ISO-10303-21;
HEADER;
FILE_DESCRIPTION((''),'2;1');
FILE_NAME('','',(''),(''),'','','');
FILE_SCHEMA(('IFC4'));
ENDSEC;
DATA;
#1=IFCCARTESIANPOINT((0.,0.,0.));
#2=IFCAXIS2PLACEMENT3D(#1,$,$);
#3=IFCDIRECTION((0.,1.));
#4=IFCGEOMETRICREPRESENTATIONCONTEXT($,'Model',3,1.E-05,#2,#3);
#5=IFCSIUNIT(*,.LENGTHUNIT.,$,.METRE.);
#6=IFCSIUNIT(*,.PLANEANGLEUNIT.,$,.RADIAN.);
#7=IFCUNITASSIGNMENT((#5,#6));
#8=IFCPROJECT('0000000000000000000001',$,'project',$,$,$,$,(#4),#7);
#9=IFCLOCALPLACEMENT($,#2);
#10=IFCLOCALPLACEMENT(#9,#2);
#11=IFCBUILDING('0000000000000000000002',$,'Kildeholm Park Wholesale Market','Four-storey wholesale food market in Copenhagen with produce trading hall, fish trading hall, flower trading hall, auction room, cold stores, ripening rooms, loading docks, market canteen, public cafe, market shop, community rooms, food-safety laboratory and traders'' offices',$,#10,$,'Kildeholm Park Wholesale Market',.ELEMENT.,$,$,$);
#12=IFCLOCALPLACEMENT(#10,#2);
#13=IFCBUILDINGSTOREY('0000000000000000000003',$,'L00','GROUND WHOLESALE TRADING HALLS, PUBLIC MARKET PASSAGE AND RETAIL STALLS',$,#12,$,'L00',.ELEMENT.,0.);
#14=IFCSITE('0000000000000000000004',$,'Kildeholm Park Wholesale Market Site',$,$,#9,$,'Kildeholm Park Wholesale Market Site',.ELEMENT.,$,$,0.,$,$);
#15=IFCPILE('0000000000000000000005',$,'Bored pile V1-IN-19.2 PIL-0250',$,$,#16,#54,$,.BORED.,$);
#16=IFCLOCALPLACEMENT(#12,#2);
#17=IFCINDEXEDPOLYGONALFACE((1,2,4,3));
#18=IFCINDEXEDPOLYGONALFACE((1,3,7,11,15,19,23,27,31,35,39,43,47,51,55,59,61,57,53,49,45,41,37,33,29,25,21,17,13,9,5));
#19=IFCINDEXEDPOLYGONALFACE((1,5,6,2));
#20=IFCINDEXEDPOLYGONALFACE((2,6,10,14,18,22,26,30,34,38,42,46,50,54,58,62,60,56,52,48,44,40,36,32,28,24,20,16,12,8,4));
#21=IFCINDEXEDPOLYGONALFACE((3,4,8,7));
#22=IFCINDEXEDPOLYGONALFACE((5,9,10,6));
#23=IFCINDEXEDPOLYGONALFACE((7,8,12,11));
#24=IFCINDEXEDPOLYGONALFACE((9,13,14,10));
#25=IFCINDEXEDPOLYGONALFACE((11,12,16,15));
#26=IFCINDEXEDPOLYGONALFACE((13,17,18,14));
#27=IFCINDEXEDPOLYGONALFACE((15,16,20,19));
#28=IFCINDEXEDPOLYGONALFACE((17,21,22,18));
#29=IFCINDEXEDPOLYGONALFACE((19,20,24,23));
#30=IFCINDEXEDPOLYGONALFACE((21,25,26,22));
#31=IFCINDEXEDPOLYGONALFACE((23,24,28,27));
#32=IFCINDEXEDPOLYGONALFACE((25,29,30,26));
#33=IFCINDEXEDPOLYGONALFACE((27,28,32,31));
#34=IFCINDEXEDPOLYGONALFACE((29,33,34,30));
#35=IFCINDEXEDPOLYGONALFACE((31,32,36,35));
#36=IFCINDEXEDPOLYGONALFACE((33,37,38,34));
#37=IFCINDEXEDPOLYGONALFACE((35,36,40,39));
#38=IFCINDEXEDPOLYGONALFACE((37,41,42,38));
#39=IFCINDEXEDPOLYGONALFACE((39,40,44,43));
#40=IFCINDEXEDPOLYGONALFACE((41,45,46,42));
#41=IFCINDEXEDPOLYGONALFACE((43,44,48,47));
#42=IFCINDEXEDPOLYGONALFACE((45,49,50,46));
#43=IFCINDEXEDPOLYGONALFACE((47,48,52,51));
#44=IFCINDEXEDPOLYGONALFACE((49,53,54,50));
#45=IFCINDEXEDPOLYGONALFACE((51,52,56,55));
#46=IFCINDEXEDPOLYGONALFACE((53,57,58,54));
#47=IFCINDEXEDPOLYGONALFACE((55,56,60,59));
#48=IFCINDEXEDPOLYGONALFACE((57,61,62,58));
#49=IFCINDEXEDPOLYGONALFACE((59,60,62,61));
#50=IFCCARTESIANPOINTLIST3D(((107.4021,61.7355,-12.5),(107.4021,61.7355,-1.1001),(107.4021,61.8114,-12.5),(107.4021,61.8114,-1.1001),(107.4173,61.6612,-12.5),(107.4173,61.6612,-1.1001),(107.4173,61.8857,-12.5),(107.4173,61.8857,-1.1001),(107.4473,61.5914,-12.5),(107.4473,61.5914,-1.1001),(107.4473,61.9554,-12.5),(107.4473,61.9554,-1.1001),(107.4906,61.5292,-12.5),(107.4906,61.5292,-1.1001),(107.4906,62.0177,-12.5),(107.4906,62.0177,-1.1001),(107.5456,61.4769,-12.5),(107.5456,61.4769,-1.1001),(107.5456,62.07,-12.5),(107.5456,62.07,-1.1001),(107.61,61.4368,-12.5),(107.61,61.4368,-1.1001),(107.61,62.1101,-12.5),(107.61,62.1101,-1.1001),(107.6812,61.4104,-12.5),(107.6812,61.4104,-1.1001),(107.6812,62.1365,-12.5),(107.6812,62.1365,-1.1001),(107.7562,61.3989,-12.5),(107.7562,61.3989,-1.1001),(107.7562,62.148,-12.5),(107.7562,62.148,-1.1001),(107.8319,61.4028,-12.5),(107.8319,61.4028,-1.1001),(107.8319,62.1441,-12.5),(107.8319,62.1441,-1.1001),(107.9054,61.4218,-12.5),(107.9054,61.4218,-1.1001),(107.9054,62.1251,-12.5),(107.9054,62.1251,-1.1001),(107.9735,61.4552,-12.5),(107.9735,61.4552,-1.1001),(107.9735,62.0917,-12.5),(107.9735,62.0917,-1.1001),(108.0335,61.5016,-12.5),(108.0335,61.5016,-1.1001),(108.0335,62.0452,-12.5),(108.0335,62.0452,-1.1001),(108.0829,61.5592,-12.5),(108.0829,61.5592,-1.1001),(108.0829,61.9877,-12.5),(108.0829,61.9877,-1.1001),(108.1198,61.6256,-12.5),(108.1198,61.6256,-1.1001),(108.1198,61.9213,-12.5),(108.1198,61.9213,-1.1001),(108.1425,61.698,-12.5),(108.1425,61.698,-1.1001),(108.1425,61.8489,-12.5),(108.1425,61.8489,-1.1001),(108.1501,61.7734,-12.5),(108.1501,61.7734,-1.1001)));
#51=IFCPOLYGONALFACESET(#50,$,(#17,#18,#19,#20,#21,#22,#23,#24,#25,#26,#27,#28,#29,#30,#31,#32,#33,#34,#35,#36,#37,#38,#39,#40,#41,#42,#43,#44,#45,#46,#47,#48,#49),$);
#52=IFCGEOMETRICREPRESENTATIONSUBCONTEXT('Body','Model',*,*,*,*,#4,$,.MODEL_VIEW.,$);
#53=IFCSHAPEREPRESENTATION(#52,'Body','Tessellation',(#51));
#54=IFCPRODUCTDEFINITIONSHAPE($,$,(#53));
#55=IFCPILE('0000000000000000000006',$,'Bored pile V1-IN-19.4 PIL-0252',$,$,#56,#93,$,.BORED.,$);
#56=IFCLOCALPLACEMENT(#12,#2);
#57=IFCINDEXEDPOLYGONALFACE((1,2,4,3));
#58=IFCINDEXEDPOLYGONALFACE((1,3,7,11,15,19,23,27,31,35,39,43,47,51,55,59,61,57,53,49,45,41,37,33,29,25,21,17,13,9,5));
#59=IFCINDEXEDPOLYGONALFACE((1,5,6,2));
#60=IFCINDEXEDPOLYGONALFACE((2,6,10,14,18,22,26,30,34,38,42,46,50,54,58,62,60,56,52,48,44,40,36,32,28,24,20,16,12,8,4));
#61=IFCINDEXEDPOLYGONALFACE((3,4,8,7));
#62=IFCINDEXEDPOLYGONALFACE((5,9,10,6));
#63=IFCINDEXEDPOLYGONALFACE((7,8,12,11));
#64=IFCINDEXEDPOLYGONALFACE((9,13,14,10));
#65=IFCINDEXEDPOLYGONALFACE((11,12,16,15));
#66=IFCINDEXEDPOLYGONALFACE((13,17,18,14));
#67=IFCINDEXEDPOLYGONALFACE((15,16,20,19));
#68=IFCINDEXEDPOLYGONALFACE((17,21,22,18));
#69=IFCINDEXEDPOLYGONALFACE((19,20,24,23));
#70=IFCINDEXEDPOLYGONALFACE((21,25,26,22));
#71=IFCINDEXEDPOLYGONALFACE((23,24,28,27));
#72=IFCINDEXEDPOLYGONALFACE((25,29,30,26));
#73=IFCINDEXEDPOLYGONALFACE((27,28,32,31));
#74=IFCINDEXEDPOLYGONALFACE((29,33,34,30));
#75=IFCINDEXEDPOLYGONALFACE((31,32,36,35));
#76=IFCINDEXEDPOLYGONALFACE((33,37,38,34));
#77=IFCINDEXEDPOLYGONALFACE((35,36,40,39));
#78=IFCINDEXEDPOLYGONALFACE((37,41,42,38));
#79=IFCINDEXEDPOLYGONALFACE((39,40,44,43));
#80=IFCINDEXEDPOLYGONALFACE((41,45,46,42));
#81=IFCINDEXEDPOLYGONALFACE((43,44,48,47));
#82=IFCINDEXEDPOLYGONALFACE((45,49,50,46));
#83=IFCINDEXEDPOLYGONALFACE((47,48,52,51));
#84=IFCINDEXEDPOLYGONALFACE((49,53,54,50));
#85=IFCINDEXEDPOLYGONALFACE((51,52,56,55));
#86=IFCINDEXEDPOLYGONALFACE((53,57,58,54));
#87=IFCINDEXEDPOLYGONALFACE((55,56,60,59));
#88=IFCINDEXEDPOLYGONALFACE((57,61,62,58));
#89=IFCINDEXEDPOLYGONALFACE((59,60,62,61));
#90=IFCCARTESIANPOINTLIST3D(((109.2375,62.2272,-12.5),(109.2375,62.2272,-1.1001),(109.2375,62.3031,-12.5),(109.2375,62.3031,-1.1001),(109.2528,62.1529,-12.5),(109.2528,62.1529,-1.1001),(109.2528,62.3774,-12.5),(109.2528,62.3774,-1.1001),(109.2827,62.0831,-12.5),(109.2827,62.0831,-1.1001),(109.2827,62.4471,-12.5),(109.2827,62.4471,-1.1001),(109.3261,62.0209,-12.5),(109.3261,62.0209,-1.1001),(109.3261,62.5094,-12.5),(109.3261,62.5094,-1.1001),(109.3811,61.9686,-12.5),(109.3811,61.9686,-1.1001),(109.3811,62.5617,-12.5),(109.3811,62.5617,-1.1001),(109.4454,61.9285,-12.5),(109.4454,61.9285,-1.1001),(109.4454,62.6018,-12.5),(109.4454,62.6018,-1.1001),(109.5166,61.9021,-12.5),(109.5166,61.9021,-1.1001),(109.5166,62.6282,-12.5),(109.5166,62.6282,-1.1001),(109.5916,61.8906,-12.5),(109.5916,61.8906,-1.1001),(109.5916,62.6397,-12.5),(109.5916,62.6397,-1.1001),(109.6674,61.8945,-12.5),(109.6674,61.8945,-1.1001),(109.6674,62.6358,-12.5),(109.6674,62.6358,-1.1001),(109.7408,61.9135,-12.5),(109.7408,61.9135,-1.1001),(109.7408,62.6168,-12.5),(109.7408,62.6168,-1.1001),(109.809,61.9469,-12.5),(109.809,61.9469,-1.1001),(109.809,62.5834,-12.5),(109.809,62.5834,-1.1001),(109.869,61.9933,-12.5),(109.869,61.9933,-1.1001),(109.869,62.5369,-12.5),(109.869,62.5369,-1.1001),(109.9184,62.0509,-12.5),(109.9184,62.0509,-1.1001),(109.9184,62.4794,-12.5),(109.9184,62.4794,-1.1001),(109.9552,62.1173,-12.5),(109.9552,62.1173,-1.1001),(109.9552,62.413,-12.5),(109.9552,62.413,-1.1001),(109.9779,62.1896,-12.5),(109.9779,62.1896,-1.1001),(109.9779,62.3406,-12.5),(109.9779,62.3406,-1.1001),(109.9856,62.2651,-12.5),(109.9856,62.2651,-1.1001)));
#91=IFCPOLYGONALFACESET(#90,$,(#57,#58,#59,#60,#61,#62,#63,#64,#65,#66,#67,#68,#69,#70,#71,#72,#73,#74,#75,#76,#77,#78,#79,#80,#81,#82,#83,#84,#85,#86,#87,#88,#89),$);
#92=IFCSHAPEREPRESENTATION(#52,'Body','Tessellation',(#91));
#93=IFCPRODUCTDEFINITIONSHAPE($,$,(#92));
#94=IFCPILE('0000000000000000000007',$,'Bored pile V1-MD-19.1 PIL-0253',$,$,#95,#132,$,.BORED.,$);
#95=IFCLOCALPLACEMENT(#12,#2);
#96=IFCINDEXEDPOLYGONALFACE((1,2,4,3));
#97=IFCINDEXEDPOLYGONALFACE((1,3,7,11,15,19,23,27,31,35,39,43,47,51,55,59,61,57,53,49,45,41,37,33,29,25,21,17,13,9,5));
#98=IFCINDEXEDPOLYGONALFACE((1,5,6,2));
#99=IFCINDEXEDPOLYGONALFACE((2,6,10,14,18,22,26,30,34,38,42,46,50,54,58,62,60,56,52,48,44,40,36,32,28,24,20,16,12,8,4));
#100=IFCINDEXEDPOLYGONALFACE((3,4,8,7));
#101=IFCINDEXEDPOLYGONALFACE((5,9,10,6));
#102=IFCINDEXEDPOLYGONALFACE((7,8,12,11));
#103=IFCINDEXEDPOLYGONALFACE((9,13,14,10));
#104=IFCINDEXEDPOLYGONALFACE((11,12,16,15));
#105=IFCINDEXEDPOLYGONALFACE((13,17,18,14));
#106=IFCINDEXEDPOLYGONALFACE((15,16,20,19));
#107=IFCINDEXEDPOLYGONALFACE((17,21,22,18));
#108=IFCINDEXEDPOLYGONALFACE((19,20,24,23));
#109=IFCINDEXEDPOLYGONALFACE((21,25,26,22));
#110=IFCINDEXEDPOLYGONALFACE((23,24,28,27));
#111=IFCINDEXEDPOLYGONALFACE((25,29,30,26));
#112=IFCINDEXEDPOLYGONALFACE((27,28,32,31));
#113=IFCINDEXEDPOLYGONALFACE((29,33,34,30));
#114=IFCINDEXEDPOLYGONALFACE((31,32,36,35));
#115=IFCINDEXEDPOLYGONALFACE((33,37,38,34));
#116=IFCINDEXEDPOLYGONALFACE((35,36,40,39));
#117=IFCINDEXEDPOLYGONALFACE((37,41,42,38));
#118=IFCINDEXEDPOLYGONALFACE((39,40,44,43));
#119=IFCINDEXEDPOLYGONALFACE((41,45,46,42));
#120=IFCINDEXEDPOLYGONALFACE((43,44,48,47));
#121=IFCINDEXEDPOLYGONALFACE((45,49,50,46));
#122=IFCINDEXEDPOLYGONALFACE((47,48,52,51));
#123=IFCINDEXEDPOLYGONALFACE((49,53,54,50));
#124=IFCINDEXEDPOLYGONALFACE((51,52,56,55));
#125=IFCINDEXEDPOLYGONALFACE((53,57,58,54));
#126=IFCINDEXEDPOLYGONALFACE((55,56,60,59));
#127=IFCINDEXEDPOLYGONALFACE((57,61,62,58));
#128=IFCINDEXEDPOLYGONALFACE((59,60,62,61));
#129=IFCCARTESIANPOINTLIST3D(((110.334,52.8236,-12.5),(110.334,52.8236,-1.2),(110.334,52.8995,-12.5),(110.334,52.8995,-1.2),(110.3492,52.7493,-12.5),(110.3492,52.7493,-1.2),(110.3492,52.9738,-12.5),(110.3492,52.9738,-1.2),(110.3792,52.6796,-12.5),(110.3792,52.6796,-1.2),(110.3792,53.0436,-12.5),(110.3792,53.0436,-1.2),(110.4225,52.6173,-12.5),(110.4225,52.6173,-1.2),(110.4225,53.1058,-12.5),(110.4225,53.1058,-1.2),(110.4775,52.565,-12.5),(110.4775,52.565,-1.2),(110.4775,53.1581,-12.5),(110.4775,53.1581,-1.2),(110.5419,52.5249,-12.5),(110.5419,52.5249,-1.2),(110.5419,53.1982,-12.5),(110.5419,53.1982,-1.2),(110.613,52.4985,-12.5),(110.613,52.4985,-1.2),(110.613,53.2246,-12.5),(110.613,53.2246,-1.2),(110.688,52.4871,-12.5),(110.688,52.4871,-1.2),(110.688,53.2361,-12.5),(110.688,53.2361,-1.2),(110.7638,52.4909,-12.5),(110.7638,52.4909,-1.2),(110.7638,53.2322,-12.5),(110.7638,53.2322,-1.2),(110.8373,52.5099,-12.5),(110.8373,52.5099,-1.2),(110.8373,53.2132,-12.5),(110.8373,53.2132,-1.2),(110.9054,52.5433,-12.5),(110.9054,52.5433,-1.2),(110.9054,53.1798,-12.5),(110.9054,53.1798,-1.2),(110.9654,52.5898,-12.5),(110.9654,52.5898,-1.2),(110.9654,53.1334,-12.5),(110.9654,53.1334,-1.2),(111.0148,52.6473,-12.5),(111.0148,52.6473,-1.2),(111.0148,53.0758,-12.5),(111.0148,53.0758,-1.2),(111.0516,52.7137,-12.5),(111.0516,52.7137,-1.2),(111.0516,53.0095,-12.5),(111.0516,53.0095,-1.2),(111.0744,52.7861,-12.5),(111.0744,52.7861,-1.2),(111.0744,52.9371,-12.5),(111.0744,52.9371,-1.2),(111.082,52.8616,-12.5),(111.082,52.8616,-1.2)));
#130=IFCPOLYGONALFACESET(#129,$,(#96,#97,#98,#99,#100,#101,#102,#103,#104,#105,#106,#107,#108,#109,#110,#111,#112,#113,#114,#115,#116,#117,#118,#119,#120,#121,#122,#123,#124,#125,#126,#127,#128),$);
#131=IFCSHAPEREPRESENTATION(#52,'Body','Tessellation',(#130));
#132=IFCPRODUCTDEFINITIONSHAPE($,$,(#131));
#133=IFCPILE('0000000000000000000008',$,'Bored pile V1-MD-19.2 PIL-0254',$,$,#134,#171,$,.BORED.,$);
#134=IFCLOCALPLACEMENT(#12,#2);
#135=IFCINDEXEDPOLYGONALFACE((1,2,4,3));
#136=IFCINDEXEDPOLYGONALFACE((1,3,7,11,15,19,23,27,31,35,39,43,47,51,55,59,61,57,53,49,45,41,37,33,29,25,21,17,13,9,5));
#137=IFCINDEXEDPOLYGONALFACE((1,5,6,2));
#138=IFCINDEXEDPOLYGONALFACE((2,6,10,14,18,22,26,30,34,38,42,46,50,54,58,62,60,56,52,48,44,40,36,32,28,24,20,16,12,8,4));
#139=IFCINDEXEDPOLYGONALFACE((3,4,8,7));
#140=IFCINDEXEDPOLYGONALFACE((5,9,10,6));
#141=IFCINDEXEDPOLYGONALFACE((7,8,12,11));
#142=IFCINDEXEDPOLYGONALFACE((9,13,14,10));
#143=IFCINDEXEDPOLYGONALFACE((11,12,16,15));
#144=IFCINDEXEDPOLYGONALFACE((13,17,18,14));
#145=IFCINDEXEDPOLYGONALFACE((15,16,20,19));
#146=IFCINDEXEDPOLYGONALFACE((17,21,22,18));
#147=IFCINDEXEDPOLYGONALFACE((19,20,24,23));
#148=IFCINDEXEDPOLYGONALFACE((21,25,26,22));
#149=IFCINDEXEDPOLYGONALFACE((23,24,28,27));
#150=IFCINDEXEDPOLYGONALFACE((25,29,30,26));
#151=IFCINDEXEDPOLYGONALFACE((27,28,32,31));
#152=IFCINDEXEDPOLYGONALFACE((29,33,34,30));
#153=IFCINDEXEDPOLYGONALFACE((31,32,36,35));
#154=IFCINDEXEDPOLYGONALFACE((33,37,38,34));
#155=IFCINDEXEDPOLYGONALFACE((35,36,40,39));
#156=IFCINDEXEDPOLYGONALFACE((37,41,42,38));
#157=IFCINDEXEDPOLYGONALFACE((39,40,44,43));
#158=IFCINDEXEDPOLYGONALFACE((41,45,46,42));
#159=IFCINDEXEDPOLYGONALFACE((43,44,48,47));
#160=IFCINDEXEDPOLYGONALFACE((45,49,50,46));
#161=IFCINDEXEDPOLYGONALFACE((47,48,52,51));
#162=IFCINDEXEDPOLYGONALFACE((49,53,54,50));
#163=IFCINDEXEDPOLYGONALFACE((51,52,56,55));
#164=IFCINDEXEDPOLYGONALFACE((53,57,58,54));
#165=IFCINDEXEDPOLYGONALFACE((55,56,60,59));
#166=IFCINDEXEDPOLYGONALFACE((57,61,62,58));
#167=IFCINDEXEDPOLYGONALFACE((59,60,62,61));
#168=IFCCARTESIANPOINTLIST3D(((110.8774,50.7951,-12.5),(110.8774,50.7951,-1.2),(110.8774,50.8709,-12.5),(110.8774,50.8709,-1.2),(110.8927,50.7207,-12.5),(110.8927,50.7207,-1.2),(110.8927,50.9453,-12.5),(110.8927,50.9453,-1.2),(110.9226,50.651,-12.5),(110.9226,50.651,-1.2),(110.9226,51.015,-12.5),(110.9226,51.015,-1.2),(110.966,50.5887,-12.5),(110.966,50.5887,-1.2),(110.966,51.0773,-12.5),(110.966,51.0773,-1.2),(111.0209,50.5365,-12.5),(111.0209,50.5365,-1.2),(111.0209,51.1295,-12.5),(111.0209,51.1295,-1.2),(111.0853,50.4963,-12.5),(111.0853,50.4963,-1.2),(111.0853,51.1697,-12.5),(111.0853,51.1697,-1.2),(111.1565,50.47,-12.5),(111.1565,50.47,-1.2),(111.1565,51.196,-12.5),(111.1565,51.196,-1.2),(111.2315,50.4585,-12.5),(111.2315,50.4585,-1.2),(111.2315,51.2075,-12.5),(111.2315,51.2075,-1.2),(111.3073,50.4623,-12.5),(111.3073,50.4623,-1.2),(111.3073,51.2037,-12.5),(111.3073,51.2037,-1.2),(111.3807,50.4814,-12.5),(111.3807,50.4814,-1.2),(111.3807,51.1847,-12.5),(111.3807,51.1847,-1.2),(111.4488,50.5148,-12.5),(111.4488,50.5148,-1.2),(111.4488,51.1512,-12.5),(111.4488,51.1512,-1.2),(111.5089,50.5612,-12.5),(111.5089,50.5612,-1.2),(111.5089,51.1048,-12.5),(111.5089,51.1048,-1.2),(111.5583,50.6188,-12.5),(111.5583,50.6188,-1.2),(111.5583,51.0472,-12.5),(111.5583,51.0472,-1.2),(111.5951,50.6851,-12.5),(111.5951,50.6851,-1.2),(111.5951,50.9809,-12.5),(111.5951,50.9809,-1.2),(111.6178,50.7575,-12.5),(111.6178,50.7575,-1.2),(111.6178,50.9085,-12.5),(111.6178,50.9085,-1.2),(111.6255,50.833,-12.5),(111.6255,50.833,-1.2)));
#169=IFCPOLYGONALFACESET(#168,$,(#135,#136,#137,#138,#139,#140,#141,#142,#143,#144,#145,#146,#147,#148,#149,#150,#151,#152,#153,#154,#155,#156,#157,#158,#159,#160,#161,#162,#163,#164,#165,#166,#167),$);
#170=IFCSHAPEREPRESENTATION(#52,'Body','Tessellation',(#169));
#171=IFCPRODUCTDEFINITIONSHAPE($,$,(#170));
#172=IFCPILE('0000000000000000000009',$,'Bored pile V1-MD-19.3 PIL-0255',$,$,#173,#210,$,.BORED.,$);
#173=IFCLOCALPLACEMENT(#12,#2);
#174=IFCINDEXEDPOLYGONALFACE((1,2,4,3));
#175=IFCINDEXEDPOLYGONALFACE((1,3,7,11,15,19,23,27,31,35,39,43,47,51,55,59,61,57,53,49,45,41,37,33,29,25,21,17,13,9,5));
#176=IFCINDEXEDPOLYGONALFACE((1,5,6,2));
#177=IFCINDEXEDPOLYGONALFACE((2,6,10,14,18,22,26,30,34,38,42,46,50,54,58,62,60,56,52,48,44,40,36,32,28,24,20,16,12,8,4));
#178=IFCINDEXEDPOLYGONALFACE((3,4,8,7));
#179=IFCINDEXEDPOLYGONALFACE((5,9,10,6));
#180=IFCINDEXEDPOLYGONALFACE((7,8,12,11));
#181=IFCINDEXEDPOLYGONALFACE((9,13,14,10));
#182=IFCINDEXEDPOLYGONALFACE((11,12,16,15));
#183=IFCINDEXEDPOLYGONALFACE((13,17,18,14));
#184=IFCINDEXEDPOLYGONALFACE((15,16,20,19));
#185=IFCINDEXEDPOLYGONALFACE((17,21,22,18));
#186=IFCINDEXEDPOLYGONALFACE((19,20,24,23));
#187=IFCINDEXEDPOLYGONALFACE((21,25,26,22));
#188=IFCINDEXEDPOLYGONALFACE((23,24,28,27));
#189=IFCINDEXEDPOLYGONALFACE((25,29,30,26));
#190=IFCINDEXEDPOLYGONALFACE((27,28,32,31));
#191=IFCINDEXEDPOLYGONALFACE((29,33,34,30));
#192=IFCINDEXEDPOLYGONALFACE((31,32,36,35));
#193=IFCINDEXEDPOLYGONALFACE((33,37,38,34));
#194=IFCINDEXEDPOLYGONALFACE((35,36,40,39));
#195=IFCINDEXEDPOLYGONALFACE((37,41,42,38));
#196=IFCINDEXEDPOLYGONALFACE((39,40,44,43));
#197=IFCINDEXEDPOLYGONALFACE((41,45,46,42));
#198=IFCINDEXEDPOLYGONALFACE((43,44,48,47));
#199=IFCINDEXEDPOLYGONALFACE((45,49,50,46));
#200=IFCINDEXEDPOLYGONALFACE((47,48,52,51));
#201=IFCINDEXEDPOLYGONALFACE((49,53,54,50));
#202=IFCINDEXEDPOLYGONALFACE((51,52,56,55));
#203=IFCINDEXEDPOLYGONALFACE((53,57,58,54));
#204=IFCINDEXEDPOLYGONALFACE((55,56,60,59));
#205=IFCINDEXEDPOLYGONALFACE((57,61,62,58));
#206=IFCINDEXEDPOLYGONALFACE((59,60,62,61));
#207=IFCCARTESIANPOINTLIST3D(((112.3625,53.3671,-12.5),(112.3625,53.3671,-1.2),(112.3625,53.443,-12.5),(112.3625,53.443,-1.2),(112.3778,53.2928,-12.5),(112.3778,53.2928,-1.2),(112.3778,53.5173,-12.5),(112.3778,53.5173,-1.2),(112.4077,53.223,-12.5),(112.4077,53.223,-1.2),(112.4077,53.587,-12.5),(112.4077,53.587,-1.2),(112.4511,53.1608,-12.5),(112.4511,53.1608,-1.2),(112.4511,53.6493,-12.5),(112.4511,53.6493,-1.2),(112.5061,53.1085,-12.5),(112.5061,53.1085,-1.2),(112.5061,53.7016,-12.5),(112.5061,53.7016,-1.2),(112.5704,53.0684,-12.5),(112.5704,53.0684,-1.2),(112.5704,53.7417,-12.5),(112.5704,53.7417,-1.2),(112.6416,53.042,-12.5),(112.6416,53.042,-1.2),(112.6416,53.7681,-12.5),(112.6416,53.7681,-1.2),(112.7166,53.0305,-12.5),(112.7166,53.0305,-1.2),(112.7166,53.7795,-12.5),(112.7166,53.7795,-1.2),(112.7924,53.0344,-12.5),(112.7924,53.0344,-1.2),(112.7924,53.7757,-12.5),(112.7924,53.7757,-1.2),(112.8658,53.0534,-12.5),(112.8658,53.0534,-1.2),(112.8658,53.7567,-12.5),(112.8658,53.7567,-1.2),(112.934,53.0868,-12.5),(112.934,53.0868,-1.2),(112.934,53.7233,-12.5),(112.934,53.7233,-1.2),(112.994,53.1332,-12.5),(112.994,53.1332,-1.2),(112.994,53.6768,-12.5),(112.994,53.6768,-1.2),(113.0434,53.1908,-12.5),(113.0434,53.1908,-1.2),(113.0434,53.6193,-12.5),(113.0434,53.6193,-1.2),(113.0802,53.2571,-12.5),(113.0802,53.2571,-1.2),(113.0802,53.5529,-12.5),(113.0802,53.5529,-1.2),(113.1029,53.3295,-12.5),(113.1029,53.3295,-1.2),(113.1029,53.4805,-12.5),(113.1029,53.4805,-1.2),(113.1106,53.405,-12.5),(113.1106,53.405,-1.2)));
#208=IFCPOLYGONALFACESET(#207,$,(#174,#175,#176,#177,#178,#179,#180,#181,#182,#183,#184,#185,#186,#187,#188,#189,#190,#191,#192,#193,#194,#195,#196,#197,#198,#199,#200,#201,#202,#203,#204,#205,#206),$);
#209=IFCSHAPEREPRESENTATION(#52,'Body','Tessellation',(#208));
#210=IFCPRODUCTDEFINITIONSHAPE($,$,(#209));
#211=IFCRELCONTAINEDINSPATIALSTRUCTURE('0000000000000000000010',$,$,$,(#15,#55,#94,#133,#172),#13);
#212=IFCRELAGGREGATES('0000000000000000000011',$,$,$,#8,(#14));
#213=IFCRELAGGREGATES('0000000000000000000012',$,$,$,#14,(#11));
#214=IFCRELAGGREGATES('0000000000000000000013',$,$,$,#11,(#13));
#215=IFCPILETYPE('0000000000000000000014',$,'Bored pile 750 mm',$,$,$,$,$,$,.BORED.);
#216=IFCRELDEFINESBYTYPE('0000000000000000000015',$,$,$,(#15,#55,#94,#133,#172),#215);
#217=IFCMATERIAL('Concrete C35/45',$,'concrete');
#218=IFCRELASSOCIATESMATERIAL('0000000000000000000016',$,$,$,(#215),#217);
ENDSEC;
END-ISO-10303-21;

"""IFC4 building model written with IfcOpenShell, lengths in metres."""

from ifc_helpers import new_model, si_unit, direction, frame, origin, origin_2d, place, context, subcontext, project, spatial, circle, extrude, material, material_profile, profile_set, type_object, element, save


model = new_model("IFC4")

# Units and contexts
model_context = context("Model", 3, precision=1e-05, world=origin(), true_north=direction((0.0, 1.0)))
body_context = subcontext(model_context, "Body", "Model", "MODEL_VIEW")
ifc_project = project(units=[si_unit("LENGTHUNIT", "METRE"), si_unit("PLANEANGLEUNIT", "RADIAN")], contexts=[model_context])

# Site, building, storey
site_placement = place(None, origin())
site = spatial("IfcSite", under=ifc_project, at=site_placement, Name="Kildeholm Park Wholesale Market Site", LongName="Kildeholm Park Wholesale Market Site", CompositionType="ELEMENT", RefElevation=0.0)
building_placement = place(site_placement, origin())
building = spatial("IfcBuilding", under=site, at=building_placement, Name="Kildeholm Park Wholesale Market", Description="Four-storey wholesale food market in Copenhagen with produce trading hall, fish trading hall, flower trading hall, auction room, cold stores, ripening rooms, loading docks, market canteen, public cafe, market shop, community rooms, food-safety laboratory and traders' offices", LongName="Kildeholm Park Wholesale Market", CompositionType="ELEMENT")
storey_placement = place(building_placement, origin())
storey = spatial("IfcBuildingStorey", under=building, at=storey_placement, Name="L00", Description="GROUND WHOLESALE TRADING HALLS, PUBLIC MARKET PASSAGE AND RETAIL STALLS", LongName="L00", CompositionType="ELEMENT", Elevation=0.0)

# Piles
ifc_material_1 = material(Name="Concrete C35/45", Category="concrete")
ifc_material_profile_1 = material_profile(ifc_material_1, circle(Radius=0.375, at=origin_2d()), Name="PILE D750")
ifc_profile_set_1 = profile_set([ifc_material_profile_1], Name="Concrete C35/45")
pile_type = type_object("IfcPileType", Name="Bored pile 750 mm", PredefinedType="BORED", material=ifc_profile_set_1)
for number, where, z_axis, x_axis, name in (
    (1, (107.7751, 61.7734, -1.1001), (0.0, 0.0, -1.0), (1.0, 0.0, 0.0), "Bored pile V1-IN-19.2 PIL-0250"),
    (2, (109.6106, 62.2651, -1.1001), (0.0, 0.0, -1.0), (1.0, 0.0, 0.0), "Bored pile V1-IN-19.4 PIL-0252"),
):
    element("IfcPile", number, at=place(storey_placement, frame(where, z_axis=z_axis, x_axis=x_axis)), inside=storey, type_object=pile_type, Name=name, PredefinedType="BORED", context=body_context, shape_type="SweptSolid", body=[
        extrude(circle(Radius=0.375, at=origin_2d()), origin(), (0.0, 0.0, 1.0), 11.3999),
    ])
for number, where, z_axis, x_axis, name in (
    (3, (110.707, 52.8616, -1.2), (0.0, 0.0, -1.0), (1.0, 0.0, 0.0), "Bored pile V1-MD-19.1 PIL-0253"),
    (4, (111.2505, 50.833, -1.2), (0.0, 0.0, -1.0), (1.0, 0.0, 0.0), "Bored pile V1-MD-19.2 PIL-0254"),
    (5, (112.7356, 53.405, -1.2), (0.0, 0.0, -1.0), (1.0, 0.0, 0.0), "Bored pile V1-MD-19.3 PIL-0255"),
):
    element("IfcPile", number, at=place(storey_placement, frame(where, z_axis=z_axis, x_axis=x_axis)), inside=storey, type_object=pile_type, Name=name, PredefinedType="BORED", context=body_context, shape_type="SweptSolid", body=[
        extrude(circle(Radius=0.375, at=origin_2d()), origin(), (0.0, 0.0, 1.0), 11.3),
    ])

save(model, "model.ifc")
